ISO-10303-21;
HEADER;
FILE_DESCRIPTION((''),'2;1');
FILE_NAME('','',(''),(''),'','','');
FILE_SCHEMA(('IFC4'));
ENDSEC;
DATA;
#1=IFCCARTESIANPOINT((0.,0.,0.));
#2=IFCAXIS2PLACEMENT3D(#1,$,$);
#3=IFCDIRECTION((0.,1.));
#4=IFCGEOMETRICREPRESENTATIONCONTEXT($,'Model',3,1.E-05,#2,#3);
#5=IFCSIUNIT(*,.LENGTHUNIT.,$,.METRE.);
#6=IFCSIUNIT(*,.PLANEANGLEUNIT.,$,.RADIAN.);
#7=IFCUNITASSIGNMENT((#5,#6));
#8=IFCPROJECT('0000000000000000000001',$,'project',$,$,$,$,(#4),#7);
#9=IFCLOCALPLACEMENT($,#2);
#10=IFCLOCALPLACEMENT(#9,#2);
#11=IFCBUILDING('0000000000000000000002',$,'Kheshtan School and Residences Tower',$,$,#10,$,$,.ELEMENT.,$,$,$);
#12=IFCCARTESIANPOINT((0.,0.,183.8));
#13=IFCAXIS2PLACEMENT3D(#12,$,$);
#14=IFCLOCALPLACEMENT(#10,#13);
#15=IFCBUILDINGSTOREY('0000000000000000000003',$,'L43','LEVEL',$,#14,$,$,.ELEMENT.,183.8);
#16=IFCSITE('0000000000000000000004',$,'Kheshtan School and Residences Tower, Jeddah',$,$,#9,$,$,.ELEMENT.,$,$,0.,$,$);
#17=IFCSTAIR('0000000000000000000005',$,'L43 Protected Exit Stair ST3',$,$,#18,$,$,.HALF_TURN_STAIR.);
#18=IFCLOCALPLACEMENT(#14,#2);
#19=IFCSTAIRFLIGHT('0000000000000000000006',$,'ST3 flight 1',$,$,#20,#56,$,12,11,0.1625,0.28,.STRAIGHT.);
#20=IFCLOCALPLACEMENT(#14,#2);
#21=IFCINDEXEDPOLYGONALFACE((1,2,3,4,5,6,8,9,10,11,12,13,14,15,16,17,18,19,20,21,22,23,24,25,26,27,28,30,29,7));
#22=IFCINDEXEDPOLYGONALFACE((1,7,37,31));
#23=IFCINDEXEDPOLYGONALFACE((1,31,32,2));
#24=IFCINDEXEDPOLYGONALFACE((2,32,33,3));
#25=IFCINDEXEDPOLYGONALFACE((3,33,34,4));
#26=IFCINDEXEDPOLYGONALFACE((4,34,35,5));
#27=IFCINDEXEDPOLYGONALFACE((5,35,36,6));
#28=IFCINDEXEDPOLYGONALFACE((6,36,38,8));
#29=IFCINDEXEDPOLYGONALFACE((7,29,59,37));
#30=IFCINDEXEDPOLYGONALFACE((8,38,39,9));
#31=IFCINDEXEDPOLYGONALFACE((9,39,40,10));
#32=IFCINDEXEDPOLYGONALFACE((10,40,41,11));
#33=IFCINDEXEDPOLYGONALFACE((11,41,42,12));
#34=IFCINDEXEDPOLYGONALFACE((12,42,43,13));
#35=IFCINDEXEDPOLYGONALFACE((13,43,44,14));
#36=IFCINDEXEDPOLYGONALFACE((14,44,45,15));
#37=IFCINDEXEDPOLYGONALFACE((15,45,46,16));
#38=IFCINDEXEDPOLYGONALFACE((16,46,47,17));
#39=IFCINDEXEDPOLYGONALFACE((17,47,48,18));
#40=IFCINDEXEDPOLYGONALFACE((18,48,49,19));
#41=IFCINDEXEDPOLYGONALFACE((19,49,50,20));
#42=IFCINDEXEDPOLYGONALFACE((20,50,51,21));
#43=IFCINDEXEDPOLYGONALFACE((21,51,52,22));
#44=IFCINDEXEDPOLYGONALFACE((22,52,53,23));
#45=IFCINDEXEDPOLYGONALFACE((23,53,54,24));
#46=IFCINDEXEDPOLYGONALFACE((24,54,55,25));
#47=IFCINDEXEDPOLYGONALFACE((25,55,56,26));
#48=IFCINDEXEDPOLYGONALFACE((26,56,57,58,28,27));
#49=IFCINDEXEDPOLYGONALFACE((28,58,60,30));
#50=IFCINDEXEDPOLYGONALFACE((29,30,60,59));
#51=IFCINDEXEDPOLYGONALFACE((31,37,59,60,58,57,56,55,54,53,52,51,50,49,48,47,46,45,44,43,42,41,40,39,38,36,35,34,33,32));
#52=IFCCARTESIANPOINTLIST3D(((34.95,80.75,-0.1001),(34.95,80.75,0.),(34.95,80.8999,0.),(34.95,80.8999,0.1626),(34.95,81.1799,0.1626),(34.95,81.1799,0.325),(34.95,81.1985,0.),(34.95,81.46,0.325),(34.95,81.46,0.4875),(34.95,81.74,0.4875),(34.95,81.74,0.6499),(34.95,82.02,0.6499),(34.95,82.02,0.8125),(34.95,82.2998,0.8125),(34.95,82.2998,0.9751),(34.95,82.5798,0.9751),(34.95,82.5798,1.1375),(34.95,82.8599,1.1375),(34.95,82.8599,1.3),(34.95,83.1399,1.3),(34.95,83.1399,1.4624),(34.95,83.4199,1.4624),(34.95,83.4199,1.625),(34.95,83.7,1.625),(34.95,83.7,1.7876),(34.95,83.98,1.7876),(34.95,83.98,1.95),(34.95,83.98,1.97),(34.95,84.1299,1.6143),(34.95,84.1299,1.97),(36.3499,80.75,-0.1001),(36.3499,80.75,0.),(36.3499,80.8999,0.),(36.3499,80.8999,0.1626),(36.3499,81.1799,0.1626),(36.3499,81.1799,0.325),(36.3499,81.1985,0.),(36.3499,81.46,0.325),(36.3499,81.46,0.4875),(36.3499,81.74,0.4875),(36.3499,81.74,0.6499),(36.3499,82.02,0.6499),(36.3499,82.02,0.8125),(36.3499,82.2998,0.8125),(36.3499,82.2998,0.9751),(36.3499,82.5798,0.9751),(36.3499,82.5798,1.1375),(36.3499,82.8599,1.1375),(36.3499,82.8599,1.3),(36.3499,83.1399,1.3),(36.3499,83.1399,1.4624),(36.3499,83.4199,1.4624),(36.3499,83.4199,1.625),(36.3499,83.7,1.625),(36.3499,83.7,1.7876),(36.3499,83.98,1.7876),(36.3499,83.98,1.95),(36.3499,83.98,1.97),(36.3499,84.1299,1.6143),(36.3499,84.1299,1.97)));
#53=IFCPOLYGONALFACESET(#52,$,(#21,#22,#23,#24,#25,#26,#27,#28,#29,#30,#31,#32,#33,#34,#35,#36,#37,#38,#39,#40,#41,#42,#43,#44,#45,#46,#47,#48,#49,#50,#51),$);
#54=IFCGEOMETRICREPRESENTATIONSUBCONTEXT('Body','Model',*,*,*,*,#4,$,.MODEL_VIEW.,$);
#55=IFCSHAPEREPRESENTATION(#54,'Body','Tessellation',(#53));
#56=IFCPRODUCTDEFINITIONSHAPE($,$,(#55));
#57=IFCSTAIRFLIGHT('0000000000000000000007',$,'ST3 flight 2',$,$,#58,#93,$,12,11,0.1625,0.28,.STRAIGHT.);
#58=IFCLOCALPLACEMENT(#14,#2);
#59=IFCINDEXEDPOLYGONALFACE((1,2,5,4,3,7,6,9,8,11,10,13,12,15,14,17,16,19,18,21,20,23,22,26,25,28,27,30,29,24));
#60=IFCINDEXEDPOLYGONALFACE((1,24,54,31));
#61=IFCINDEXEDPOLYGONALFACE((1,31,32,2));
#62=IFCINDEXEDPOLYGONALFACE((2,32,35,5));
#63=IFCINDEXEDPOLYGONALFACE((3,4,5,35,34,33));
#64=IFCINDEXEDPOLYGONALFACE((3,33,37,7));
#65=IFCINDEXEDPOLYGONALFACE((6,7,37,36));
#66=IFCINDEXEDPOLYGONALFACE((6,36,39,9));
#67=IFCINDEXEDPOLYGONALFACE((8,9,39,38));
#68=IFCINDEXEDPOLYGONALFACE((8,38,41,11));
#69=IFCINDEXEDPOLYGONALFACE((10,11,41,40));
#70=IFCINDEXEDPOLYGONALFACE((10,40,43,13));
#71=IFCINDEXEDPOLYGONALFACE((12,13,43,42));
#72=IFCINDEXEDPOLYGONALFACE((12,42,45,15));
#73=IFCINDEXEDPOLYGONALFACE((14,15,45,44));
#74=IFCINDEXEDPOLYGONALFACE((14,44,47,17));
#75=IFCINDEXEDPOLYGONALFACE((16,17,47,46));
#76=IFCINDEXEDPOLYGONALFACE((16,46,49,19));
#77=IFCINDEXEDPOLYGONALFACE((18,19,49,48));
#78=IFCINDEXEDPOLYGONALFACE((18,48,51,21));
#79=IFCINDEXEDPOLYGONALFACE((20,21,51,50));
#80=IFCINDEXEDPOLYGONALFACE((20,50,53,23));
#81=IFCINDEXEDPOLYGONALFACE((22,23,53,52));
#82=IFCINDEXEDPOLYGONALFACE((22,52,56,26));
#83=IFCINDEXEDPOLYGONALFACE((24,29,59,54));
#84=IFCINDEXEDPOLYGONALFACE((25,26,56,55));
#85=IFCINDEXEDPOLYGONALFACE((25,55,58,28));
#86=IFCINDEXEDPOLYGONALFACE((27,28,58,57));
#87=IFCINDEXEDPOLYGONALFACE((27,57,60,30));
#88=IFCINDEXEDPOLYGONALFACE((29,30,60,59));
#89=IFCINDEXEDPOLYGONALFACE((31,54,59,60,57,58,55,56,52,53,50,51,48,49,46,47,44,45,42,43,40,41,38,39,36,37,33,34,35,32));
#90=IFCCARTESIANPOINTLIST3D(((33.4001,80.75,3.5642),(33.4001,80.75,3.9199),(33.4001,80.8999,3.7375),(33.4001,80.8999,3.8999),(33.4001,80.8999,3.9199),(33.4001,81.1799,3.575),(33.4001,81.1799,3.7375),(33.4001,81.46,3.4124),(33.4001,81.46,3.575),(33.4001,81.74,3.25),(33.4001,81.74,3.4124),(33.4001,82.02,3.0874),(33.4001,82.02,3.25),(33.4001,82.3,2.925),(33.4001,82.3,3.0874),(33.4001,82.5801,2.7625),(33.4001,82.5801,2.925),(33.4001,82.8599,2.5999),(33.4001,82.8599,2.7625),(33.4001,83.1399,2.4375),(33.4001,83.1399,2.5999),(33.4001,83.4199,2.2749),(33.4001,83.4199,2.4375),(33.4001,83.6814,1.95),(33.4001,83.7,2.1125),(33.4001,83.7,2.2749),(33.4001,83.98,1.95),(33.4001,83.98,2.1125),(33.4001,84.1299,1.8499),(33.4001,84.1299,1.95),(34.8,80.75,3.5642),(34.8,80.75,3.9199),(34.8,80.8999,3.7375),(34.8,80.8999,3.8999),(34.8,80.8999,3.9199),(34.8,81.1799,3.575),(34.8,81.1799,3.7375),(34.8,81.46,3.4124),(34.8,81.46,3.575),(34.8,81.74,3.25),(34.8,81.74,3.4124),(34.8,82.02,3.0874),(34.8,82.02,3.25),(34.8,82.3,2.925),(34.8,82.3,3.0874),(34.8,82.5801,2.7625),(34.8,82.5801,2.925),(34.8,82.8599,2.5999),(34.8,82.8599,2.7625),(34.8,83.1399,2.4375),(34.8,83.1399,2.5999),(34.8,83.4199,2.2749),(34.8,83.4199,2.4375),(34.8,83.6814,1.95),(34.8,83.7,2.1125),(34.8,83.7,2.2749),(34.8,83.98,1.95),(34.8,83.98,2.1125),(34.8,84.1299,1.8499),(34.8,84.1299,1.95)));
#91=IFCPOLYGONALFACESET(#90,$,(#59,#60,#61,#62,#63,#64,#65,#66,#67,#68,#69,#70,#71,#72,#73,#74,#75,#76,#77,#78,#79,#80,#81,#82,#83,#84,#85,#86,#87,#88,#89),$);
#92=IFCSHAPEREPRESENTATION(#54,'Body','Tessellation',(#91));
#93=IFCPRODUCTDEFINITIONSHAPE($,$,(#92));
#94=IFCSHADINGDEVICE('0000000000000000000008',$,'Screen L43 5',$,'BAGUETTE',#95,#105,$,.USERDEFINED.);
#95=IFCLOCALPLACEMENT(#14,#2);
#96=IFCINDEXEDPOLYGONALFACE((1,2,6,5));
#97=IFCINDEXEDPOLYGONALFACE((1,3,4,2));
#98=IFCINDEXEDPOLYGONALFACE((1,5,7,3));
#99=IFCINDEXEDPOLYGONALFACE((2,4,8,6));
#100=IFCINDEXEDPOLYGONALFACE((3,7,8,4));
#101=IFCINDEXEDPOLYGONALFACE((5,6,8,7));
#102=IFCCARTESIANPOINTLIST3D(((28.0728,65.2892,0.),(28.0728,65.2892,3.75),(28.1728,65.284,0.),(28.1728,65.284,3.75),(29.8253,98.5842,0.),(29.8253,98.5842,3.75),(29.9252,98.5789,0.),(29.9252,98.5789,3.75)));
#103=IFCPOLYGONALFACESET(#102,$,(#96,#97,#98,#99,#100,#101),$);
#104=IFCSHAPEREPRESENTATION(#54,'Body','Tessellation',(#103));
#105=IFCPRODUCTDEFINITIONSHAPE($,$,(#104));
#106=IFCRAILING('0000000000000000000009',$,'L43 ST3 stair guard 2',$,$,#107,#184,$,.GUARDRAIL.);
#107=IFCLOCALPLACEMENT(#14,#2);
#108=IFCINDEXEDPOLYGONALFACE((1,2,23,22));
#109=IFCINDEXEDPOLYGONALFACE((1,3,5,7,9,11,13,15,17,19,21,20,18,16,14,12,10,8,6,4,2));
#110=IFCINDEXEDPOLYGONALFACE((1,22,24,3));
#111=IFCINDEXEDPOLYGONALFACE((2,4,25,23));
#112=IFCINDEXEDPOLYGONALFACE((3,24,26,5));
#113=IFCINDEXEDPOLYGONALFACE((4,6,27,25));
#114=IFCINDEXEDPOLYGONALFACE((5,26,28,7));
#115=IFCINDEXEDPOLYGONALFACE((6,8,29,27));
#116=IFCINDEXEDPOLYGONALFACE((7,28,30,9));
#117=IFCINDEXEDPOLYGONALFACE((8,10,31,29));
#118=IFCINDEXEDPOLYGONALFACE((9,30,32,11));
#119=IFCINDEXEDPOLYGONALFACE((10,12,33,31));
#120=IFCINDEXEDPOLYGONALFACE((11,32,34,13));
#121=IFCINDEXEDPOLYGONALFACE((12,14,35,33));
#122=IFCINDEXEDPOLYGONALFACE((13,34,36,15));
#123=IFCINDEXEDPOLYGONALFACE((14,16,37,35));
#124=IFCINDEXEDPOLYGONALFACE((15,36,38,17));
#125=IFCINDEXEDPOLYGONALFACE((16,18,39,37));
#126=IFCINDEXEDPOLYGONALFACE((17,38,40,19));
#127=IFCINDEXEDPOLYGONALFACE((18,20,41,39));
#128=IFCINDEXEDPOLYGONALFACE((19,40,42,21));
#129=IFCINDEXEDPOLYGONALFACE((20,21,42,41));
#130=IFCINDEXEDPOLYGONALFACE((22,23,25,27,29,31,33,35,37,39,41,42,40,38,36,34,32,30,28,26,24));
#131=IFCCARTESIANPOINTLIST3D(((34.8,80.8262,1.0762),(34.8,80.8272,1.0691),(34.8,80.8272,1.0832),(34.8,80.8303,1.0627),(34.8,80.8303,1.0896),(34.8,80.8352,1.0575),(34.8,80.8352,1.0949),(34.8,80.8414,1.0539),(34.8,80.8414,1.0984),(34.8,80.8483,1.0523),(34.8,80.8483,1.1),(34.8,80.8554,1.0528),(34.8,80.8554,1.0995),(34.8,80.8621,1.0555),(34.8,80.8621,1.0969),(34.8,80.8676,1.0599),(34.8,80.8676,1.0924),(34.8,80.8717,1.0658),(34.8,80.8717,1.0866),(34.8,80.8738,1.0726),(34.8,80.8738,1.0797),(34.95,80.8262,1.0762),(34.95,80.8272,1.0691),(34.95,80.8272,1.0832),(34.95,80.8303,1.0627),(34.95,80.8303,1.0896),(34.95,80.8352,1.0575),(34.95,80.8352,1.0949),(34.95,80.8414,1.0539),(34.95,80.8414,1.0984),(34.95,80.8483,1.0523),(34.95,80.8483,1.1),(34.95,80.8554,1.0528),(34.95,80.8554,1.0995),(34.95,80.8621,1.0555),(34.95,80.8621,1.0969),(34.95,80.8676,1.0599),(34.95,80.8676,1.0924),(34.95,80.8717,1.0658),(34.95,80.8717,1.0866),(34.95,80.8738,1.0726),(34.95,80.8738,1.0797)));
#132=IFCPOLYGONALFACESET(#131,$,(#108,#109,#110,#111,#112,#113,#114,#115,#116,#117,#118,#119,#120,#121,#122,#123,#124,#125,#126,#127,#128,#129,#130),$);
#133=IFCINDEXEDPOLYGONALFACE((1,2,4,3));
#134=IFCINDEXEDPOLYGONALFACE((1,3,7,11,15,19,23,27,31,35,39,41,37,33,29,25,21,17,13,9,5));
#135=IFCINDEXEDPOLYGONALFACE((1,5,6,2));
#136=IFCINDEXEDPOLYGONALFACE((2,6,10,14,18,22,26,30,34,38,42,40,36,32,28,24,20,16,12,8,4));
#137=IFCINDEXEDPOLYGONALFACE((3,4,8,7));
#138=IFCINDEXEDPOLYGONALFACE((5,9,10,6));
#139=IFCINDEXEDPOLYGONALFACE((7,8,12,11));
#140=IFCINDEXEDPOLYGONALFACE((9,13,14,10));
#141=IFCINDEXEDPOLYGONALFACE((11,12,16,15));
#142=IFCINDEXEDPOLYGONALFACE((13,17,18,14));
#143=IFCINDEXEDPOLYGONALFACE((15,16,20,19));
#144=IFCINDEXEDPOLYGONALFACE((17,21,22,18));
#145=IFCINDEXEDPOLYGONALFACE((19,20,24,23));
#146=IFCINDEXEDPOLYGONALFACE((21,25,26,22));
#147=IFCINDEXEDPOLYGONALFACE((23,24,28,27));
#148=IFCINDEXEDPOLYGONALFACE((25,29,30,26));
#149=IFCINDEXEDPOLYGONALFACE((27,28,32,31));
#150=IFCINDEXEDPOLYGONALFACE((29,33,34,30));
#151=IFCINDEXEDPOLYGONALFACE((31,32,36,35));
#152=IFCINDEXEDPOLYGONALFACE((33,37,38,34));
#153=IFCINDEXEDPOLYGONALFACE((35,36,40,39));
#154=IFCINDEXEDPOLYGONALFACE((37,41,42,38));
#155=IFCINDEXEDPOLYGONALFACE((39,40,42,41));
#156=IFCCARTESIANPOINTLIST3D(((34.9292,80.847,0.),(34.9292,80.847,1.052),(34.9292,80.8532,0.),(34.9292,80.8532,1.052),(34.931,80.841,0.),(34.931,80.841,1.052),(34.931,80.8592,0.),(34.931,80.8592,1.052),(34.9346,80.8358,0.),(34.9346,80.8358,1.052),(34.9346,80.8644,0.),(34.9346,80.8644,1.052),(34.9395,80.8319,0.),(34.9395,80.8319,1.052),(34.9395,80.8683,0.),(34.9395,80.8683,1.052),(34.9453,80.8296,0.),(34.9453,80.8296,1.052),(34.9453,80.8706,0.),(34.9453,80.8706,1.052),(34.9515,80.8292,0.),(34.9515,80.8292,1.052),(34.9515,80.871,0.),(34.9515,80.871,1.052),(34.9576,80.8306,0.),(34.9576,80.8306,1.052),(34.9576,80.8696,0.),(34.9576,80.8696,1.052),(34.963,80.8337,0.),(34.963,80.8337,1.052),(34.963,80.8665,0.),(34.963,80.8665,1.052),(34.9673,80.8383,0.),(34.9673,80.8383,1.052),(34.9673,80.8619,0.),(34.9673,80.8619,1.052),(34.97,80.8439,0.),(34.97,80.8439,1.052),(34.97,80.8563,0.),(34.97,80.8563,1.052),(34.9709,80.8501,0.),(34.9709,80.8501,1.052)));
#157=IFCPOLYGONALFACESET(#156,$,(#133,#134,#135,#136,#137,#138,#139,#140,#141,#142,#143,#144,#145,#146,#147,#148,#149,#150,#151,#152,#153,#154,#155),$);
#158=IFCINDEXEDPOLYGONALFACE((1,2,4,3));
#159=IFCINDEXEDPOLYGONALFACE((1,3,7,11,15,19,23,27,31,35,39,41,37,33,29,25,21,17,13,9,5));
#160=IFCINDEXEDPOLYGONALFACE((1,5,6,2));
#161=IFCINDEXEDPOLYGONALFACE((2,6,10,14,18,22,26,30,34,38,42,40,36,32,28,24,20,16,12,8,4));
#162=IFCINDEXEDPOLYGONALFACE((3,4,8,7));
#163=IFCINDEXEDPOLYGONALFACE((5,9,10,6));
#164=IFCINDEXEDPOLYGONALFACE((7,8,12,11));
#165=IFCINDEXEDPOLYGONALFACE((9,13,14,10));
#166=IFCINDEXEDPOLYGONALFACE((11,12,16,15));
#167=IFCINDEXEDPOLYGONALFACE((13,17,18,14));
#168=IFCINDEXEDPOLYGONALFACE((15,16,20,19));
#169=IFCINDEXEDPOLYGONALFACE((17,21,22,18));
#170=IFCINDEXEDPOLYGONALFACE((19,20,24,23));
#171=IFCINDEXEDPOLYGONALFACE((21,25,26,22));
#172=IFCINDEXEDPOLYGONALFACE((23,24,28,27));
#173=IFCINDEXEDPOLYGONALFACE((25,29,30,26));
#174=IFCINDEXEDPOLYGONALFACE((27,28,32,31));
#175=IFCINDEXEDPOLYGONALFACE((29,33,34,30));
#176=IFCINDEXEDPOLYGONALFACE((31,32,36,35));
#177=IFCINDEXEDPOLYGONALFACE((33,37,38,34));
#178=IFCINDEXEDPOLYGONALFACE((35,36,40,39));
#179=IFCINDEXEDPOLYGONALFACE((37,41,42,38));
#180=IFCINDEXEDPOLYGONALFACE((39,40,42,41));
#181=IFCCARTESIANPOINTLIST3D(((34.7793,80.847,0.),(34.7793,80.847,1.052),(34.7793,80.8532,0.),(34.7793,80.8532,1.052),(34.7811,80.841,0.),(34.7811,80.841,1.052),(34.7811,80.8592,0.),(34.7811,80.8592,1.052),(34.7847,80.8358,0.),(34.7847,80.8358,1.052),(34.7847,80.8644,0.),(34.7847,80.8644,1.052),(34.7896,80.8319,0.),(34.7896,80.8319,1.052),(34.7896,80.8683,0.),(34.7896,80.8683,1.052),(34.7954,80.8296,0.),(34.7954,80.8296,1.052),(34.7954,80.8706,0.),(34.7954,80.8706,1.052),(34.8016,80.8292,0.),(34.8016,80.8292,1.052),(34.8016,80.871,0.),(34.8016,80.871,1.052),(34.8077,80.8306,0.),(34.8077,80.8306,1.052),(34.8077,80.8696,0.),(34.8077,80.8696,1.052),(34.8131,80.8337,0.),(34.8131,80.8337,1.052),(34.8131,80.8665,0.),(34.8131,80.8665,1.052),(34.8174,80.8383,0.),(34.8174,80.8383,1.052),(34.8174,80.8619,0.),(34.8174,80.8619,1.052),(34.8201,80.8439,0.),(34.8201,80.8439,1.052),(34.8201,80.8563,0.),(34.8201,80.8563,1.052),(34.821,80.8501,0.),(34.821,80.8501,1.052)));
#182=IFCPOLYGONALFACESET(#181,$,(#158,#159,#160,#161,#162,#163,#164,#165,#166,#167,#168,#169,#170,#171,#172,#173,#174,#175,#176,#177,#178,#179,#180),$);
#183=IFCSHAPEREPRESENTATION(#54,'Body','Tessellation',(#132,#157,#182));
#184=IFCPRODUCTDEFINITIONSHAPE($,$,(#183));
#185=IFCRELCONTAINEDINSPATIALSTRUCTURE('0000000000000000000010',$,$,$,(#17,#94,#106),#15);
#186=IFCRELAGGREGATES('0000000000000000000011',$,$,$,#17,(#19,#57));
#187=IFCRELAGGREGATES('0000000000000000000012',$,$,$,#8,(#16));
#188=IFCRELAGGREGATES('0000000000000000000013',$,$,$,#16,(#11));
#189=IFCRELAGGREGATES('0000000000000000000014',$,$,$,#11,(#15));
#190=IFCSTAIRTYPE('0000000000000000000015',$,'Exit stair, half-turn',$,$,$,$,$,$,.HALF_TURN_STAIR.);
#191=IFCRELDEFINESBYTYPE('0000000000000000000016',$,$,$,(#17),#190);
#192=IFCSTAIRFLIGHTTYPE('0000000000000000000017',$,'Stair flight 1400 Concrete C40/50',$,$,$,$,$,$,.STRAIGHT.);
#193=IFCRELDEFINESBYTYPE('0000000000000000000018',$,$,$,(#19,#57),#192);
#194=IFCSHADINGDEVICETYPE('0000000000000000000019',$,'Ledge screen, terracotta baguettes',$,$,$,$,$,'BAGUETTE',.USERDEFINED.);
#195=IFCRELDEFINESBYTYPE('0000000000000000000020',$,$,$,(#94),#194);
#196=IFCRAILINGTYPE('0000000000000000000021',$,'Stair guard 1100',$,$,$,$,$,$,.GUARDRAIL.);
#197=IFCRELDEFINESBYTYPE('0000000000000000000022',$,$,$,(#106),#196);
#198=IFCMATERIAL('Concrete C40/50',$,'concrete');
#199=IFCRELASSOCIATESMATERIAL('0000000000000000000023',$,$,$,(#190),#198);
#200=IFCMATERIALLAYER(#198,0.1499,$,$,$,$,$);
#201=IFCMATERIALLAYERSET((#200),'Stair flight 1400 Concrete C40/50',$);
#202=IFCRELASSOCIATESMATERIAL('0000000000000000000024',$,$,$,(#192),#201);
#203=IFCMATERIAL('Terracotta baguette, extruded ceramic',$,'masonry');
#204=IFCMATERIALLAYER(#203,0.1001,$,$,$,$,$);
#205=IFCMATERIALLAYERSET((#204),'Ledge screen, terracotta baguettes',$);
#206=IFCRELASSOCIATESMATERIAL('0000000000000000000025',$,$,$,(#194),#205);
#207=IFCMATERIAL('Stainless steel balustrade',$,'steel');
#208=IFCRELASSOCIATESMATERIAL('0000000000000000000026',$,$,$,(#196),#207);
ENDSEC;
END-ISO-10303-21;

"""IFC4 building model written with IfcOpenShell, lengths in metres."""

from ifc_helpers import new_model, si_unit, direction, frame, origin, origin_2d, place, context, subcontext, project, spatial, polyline, rectangle, circle, outline, extrude, material, layer, layer_set, type_object, element, aggregate, save


model = new_model("IFC4")

# Units and contexts
model_context = context("Model", 3, precision=1e-05, world=origin(), true_north=direction((0.0, 1.0)))
body_context = subcontext(model_context, "Body", "Model", "MODEL_VIEW")
ifc_project = project(units=[si_unit("LENGTHUNIT", "METRE"), si_unit("PLANEANGLEUNIT", "RADIAN")], contexts=[model_context])

# Site, building, storey
site_placement = place(None, origin())
site = spatial("IfcSite", under=ifc_project, at=site_placement, Name="Kheshtan School and Residences Tower, Jeddah", CompositionType="ELEMENT", RefElevation=0.0)
building_placement = place(site_placement, origin())
building = spatial("IfcBuilding", under=site, at=building_placement, Name="Kheshtan School and Residences Tower", CompositionType="ELEMENT")
storey_placement = place(building_placement, frame((0.0, 0.0, 183.8)))
storey = spatial("IfcBuildingStorey", under=building, at=storey_placement, Name="L43", Description="LEVEL", CompositionType="ELEMENT", Elevation=183.8)

# Shared definitions
ifc_material_1 = material(Name="Concrete C40/50", Category="concrete")

# Stair, stair flights
stair_type = type_object("IfcStairType", Name="Exit stair, half-turn", PredefinedType="HALF_TURN_STAIR", material=ifc_material_1)
stair_placement = place(storey_placement, origin())
stair = element("IfcStair", 1, at=stair_placement, inside=storey, type_object=stair_type, Name="L43 Protected Exit Stair ST3", PredefinedType="HALF_TURN_STAIR")
ifc_layer_1 = layer(ifc_material_1, 0.1499)
ifc_layer_set_1 = layer_set([ifc_layer_1], Name="Stair flight 1400 Concrete C40/50")
stair_flight_type = type_object("IfcStairFlightType", Name="Stair flight 1400 Concrete C40/50", PredefinedType="STRAIGHT", material=ifc_layer_set_1)
stair_flight_1_placement = place(storey_placement, frame((35.6499, 80.8999, 0.0), z_axis=(0.0, 0.0, 1.0), x_axis=(0.0, 1.0, 0.0)))
stair_flight_1 = element("IfcStairFlight", 2, at=stair_flight_1_placement, type_object=stair_flight_type, Name="ST3 flight 1", NumberOfRisers=12, NumberOfTreads=11, PredefinedType="STRAIGHT", RiserHeight=0.1625, TreadLength=0.28, context=body_context, shape_type="SweptSolid", body=[
    extrude(outline(polyline([(-0.1499, -0.1001), (-0.1499, 0.0), (0.0, 0.0), (0.0, 0.1626), (0.28, 0.1626), (0.28, 0.325), (0.5601, 0.325), (0.5601, 0.4875), (0.8401, 0.4875), (0.8401, 0.6499), (1.1201, 0.6499), (1.1201, 0.8125), (1.3999, 0.8125), (1.3999, 0.9751), (1.6799, 0.9751), (1.6799, 1.1375), (1.96, 1.1375), (1.96, 1.3), (2.24, 1.3), (2.24, 1.4624), (2.52, 1.4624), (2.52, 1.625), (2.8, 1.625), (2.8, 1.7876), (3.0801, 1.7876), (3.0801, 1.95), (3.0801, 1.97), (3.23, 1.97), (3.23, 1.6143), (0.2986, 0.0), (-0.1499, -0.1001)])), frame((0.0, 0.7, 0.0), z_axis=(0.0, -1.0, 0.0), x_axis=(1.0, 0.0, 0.0)), (0.0, 0.0, 1.0), 1.3999),
])
stair_flight_2_placement = place(storey_placement, frame((34.1001, 83.98, 1.95), z_axis=(0.0, 0.0, 1.0), x_axis=(0.0, -1.0, 0.0)))
stair_flight_2 = element("IfcStairFlight", 3, at=stair_flight_2_placement, type_object=stair_flight_type, Name="ST3 flight 2", NumberOfRisers=12, NumberOfTreads=11, PredefinedType="STRAIGHT", RiserHeight=0.1625, TreadLength=0.28, context=body_context, shape_type="SweptSolid", body=[
    extrude(outline(polyline([(-0.1499, -0.1001), (-0.1499, 0.0), (0.0, 0.0), (0.0, 0.1626), (0.28, 0.1626), (0.28, 0.325), (0.5601, 0.325), (0.5601, 0.4875), (0.8401, 0.4875), (0.8401, 0.6499), (1.1201, 0.6499), (1.1201, 0.8125), (1.3999, 0.8125), (1.3999, 0.9751), (1.6799, 0.9751), (1.6799, 1.1375), (1.96, 1.1375), (1.96, 1.3), (2.24, 1.3), (2.24, 1.4624), (2.52, 1.4624), (2.52, 1.625), (2.8, 1.625), (2.8, 1.7876), (3.0801, 1.7876), (3.0801, 1.95), (3.0801, 1.97), (3.23, 1.97), (3.23, 1.6143), (0.2986, 0.0), (-0.1499, -0.1001)])), frame((0.0, 0.7, 0.0), z_axis=(0.0, -1.0, 0.0), x_axis=(1.0, 0.0, 0.0)), (0.0, 0.0, 1.0), 1.3999),
])
aggregate(stair, [stair_flight_1, stair_flight_2])

# Shading device
ifc_material_2 = material(Name="Terracotta baguette, extruded ceramic", Category="masonry")
ifc_layer_2 = layer(ifc_material_2, 0.1001)
ifc_layer_set_2 = layer_set([ifc_layer_2], Name="Ledge screen, terracotta baguettes")
shading_device_type = type_object("IfcShadingDeviceType", Name="Ledge screen, terracotta baguettes", ElementType="BAGUETTE", PredefinedType="USERDEFINED", material=ifc_layer_set_2)
shading_device_placement = place(storey_placement, frame((28.999, 81.9341, 0.0), z_axis=(0.0, 0.0, 1.0), x_axis=(0.052563, 0.998618, 0.0)))
element("IfcShadingDevice", 4, at=shading_device_placement, inside=storey, type_object=shading_device_type, Name="Screen L43 5", ObjectType="BAGUETTE", PredefinedType="USERDEFINED", context=body_context, shape_type="SweptSolid", body=[
    extrude(rectangle(XDim=33.3411, YDim=0.1001, at=origin_2d()), origin(), (0.0, 0.0, 1.0), 3.75),
])

# Railing
ifc_material_3 = material(Name="Stainless steel balustrade", Category="steel")
railing_type_1 = type_object("IfcRailingType", Name="Stair guard 1100", PredefinedType="GUARDRAIL", material=ifc_material_3)
railing_1_placement = place(storey_placement, frame((34.95, 80.8501, 0.0)))
element("IfcRailing", 5, at=railing_1_placement, inside=storey, type_object=railing_type_1, Name="L43 ST3 stair guard 2", PredefinedType="GUARDRAIL", context=body_context, shape_type="SweptSolid", body=[
    extrude(circle(Radius=0.0239, at=origin_2d()), frame((0.0, 0.0, 1.0762), z_axis=(-1.0, 0.0, 0.0), x_axis=(0.0, -1.0, 0.0)), (0.0, 0.0, 1.0), 0.1499),
    extrude(circle(Radius=0.021, at=origin_2d()), origin(), (0.0, 0.0, 1.0), 1.052),
    extrude(circle(Radius=0.021, at=origin_2d()), frame((-0.1499, 0.0, 0.0)), (0.0, 0.0, 1.0), 1.052),
])

save(model, "model.ifc")
